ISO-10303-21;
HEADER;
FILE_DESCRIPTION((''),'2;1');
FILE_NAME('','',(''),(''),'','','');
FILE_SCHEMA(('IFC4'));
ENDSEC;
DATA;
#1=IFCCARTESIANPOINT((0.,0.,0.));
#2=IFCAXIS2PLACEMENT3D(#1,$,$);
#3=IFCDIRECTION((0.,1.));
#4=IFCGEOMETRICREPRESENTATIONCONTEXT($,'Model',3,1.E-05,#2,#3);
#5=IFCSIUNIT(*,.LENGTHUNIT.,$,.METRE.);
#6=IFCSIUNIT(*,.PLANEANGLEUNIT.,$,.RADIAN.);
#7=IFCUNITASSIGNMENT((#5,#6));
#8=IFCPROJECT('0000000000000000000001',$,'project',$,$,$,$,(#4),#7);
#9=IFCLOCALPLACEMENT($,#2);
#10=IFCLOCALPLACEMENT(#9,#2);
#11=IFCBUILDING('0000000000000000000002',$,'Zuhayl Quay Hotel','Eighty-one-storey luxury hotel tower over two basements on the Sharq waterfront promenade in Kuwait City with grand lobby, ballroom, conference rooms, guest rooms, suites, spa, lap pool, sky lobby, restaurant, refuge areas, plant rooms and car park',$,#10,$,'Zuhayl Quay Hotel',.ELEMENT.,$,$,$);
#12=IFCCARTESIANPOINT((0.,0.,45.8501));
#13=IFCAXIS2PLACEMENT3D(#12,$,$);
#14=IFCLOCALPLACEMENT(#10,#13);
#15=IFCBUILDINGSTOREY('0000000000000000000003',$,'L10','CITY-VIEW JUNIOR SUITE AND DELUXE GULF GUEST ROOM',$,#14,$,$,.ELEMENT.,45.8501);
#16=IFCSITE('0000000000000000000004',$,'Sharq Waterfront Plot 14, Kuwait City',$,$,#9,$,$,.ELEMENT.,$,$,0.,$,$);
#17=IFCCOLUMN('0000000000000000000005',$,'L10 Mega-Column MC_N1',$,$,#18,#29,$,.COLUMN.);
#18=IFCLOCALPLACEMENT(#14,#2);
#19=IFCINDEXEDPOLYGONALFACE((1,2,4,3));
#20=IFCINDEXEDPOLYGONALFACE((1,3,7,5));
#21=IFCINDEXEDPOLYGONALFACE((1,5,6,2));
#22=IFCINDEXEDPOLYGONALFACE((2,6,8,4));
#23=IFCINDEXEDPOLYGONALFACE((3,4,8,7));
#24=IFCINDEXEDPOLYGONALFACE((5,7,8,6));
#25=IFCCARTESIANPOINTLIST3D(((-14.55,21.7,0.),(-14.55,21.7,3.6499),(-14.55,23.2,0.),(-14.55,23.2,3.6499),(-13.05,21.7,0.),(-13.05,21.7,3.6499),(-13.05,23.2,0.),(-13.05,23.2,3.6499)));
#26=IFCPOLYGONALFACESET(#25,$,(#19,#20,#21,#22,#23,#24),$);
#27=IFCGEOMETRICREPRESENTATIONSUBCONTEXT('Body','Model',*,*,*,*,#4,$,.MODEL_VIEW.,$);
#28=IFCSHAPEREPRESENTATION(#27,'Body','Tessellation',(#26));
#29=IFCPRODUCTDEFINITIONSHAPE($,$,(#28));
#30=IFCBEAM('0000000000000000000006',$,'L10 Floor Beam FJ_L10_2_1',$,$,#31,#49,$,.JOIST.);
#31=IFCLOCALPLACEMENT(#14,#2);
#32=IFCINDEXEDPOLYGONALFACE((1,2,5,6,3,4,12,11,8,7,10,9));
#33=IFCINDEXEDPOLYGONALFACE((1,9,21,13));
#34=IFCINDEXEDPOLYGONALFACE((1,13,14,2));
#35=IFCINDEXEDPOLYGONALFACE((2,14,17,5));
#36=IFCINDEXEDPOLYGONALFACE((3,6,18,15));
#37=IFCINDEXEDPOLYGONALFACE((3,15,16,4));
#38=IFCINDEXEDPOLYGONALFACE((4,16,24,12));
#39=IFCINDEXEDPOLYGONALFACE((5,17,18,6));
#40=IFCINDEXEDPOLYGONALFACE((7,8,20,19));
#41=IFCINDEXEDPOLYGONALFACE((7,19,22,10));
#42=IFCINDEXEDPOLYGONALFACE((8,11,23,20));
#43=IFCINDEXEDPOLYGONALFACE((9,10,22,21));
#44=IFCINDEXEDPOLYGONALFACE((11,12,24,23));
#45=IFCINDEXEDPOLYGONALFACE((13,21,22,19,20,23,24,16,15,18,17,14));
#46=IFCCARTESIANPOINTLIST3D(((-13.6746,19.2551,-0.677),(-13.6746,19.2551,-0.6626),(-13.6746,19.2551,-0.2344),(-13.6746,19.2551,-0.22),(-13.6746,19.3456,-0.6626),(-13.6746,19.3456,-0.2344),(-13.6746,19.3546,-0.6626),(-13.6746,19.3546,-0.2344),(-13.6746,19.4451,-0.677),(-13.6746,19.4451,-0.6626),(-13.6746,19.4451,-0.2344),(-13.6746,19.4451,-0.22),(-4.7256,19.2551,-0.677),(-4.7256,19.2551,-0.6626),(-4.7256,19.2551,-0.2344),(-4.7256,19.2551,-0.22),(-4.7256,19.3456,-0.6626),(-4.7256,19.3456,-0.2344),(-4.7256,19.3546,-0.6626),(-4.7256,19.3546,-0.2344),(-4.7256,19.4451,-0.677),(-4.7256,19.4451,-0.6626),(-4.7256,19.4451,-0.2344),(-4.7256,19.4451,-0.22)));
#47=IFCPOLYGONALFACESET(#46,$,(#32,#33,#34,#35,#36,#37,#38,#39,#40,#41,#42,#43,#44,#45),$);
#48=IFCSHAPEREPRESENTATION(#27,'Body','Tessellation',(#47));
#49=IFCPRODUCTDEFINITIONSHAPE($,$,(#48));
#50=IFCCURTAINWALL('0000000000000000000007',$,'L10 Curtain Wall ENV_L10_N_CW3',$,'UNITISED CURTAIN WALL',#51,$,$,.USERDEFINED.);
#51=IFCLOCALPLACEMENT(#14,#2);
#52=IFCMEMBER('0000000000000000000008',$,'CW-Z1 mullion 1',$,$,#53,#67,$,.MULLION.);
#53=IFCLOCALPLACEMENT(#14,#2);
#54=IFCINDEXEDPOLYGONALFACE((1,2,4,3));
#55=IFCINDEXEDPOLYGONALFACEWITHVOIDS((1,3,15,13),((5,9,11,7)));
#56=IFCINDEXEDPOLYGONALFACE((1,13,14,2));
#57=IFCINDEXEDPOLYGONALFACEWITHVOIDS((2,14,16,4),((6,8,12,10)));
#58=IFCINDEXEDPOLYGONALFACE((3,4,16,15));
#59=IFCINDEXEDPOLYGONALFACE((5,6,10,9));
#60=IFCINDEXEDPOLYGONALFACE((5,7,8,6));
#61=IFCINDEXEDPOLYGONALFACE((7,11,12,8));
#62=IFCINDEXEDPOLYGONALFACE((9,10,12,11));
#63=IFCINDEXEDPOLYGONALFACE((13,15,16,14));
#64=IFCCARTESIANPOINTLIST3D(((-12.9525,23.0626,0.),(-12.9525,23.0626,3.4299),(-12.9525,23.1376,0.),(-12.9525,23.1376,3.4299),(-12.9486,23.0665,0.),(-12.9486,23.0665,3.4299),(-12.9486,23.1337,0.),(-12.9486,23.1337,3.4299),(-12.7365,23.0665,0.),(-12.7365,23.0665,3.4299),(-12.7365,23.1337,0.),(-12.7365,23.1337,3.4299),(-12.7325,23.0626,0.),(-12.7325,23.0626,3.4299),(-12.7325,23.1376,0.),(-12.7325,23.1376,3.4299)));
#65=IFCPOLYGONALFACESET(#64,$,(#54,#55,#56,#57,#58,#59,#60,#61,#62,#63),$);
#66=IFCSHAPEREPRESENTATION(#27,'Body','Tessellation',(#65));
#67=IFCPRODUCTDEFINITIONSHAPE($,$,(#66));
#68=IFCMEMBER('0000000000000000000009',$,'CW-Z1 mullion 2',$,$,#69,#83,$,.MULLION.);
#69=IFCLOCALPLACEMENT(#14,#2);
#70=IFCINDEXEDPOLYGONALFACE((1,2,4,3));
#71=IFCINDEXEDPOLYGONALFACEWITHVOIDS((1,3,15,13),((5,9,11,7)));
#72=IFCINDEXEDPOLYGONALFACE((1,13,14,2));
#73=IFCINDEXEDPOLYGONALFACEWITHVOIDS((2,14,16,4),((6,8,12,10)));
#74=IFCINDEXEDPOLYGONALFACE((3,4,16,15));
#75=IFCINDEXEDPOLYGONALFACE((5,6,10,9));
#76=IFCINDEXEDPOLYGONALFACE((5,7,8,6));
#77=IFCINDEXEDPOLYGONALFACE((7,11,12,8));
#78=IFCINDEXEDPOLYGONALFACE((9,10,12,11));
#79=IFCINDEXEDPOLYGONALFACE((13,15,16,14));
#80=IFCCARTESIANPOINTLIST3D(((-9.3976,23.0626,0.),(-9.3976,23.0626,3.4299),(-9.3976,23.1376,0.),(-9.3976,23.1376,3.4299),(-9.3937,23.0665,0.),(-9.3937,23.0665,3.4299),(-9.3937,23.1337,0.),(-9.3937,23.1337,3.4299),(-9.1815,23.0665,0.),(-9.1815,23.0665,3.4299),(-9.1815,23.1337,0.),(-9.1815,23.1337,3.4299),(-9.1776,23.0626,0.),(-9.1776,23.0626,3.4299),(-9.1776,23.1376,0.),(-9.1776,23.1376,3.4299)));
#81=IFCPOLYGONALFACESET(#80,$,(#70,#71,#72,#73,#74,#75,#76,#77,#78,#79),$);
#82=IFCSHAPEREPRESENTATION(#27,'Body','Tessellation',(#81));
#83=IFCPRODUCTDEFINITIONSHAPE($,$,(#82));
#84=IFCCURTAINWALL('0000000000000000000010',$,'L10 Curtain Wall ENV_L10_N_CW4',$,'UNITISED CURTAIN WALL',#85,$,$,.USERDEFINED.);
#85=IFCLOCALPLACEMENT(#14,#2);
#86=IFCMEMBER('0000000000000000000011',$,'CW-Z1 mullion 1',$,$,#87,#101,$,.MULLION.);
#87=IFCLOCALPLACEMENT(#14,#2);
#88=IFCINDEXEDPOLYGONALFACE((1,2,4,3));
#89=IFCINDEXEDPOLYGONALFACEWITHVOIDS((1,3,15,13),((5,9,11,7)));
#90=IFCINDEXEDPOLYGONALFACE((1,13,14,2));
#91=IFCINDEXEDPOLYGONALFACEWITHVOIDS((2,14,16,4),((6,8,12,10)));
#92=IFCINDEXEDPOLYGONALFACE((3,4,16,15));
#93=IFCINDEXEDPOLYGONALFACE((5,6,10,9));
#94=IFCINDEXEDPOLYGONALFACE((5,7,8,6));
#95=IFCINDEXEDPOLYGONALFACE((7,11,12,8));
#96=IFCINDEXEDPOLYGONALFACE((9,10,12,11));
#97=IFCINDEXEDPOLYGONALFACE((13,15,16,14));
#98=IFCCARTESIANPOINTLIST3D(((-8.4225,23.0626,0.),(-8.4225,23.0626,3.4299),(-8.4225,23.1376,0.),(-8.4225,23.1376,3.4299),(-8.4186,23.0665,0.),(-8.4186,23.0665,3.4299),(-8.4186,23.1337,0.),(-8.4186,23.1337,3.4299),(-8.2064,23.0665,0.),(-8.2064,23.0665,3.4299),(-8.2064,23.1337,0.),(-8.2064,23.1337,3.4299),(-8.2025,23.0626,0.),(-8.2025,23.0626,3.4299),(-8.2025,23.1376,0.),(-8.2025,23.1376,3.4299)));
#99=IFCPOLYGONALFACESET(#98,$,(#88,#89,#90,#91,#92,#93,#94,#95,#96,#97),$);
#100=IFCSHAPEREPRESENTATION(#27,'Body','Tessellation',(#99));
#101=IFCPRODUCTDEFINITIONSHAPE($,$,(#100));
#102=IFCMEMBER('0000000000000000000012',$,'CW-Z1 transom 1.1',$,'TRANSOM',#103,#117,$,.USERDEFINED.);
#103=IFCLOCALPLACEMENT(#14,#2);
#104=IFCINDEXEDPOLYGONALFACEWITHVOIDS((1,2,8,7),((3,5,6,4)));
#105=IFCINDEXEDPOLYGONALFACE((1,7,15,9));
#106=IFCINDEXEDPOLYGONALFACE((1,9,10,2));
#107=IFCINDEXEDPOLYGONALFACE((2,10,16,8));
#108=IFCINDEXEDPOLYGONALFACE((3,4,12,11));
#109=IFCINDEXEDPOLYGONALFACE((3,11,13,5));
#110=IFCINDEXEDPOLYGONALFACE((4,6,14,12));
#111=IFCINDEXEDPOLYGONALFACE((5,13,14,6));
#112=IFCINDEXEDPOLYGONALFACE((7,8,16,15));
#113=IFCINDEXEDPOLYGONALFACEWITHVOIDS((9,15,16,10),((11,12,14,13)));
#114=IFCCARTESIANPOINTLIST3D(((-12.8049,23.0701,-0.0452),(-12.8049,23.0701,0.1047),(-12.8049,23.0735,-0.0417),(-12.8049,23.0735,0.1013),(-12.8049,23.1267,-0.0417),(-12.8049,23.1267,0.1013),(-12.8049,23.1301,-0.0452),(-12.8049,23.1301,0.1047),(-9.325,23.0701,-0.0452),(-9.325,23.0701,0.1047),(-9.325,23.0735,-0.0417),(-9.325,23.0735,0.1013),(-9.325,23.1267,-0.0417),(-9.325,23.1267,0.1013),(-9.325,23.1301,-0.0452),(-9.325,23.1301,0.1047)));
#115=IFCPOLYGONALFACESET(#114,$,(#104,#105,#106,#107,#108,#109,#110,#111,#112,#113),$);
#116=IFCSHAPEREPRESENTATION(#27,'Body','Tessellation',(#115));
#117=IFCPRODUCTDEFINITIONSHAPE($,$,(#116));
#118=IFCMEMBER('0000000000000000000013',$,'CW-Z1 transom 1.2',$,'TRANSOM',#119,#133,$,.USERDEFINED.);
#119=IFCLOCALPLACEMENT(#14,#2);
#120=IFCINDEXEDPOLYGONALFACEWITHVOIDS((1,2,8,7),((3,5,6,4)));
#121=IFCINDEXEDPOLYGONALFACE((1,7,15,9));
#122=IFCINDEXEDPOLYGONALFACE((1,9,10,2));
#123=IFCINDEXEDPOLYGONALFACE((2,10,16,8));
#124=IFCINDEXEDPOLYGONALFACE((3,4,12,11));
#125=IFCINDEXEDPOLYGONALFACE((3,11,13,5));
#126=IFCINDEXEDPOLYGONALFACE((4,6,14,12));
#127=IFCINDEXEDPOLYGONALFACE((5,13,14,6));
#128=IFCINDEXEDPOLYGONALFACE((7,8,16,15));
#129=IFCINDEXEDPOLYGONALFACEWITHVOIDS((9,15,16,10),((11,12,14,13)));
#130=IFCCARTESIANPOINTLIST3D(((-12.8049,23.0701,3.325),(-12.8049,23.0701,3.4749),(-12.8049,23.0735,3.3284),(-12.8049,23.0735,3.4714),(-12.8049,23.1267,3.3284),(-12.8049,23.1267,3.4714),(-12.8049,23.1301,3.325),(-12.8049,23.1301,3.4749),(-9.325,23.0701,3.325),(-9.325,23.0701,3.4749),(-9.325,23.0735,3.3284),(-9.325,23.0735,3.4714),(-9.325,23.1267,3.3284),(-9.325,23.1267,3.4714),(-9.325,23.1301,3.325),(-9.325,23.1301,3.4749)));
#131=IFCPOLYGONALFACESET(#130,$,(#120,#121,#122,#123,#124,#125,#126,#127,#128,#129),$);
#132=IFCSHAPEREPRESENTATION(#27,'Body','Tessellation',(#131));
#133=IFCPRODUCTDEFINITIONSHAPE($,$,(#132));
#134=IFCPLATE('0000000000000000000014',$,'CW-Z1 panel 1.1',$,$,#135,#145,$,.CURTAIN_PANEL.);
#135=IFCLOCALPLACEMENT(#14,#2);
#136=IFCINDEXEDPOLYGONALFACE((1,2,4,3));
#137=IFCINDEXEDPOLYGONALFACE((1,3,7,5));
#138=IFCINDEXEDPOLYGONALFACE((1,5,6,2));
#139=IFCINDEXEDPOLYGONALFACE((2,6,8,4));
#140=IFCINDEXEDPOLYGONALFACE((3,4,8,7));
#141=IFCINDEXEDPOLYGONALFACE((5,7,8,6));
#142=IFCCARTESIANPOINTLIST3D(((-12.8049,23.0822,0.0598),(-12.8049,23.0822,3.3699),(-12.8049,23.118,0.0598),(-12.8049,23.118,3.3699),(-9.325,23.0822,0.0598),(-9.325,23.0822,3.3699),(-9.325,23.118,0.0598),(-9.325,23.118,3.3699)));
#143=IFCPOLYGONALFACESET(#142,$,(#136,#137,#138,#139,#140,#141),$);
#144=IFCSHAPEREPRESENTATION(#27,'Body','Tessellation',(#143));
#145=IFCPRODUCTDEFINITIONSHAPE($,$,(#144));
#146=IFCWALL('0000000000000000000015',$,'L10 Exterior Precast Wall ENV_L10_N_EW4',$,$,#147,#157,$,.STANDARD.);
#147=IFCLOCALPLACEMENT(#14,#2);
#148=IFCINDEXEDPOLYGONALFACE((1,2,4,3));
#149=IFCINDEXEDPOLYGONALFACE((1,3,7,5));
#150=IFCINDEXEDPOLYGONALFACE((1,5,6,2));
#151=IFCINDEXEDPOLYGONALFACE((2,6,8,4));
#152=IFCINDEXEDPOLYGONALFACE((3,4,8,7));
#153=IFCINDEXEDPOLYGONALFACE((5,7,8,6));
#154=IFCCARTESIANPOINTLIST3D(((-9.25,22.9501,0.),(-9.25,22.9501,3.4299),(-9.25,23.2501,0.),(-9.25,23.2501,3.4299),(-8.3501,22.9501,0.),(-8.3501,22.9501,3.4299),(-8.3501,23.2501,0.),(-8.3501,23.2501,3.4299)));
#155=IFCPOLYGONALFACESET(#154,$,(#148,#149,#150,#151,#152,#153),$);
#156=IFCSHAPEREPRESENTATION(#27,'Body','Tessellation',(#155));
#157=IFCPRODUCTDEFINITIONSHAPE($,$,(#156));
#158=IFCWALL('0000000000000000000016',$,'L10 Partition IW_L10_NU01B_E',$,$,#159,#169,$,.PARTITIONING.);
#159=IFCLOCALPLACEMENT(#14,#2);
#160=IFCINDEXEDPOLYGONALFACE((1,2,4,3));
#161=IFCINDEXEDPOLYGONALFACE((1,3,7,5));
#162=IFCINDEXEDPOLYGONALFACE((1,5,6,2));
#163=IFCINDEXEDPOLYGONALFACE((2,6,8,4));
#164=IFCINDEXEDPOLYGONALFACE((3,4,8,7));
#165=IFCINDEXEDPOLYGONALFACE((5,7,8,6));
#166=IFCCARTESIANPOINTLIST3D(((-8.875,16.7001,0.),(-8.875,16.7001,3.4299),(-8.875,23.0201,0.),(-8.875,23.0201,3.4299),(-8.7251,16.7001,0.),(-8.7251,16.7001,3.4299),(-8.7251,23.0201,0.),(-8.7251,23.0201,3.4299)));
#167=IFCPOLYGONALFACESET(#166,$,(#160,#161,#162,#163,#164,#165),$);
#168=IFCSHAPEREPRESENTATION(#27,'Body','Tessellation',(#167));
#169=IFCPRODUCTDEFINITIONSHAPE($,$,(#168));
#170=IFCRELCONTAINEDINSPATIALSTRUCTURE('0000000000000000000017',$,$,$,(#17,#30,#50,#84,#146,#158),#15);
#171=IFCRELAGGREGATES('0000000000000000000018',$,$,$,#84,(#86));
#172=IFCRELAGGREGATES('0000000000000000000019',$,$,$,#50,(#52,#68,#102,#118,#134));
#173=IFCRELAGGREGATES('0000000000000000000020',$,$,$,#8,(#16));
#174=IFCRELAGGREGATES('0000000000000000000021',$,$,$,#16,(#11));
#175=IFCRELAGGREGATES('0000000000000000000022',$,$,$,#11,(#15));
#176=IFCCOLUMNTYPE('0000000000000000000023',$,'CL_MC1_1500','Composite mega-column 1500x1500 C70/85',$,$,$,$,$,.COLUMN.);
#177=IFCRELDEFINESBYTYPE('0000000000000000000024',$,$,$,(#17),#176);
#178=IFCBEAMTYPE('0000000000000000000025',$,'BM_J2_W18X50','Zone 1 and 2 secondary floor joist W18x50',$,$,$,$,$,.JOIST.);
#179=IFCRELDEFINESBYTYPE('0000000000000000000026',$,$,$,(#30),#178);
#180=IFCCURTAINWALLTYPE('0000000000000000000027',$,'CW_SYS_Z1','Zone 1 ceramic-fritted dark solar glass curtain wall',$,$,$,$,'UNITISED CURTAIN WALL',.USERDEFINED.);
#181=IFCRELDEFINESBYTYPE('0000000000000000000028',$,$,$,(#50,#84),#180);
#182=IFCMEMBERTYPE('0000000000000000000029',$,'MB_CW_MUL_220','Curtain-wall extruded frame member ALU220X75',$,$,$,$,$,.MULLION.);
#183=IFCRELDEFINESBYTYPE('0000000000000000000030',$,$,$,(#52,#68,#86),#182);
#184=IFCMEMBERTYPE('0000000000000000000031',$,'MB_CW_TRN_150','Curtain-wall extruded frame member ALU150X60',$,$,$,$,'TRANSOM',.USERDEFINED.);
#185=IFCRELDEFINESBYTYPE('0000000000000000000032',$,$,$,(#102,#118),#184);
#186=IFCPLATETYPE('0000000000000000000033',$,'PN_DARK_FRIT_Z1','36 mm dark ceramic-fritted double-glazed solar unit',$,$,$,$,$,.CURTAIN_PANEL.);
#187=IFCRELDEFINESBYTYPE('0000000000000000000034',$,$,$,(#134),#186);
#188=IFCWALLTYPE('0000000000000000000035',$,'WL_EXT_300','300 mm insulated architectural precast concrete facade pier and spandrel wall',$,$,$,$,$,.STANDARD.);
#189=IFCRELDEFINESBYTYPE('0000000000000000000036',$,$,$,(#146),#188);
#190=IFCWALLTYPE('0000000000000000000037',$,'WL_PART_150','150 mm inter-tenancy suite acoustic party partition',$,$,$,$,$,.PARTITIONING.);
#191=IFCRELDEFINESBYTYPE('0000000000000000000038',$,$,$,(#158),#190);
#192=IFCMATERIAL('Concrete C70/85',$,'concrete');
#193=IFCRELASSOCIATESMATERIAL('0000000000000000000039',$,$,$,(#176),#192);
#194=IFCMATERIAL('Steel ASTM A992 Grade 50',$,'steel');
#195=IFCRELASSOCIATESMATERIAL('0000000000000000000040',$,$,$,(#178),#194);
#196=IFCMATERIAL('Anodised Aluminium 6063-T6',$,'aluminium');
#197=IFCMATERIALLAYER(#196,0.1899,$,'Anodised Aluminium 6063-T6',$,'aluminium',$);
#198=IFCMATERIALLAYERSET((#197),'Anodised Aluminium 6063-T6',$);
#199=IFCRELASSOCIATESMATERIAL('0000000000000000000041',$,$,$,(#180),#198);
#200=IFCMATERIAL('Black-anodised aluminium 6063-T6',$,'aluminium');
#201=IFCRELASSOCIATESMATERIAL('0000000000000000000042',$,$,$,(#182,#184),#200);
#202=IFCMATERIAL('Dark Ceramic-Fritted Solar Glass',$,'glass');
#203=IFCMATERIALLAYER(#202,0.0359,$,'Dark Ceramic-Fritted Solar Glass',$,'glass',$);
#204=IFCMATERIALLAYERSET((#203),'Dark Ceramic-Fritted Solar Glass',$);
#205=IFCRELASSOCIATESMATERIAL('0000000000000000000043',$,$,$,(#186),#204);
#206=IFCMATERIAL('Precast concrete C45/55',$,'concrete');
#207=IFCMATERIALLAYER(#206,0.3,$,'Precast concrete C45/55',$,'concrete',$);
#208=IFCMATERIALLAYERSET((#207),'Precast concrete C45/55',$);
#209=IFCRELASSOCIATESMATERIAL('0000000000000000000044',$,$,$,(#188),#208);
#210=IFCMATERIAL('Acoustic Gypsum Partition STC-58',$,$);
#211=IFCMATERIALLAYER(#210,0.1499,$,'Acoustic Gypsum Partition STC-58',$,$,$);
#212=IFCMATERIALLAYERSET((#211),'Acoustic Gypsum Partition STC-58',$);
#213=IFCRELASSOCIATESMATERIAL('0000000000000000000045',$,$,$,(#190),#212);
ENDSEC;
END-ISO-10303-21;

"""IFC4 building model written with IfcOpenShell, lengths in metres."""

from ifc_helpers import new_model, si_unit, direction, frame, frame_2d, origin, origin_2d, place, context, subcontext, project, spatial, rectangle, hollow_rectangle, i_section, extrude, material, layer, layer_set, material_profile, profile_set, type_object, element, aggregate, save


model = new_model("IFC4")

# Units and contexts
model_context = context("Model", 3, precision=1e-05, world=origin(), true_north=direction((0.0, 1.0)))
body_context = subcontext(model_context, "Body", "Model", "MODEL_VIEW")
ifc_project = project(units=[si_unit("LENGTHUNIT", "METRE"), si_unit("PLANEANGLEUNIT", "RADIAN")], contexts=[model_context])

# Site, building, storey
site_placement = place(None, origin())
site = spatial("IfcSite", under=ifc_project, at=site_placement, Name="Sharq Waterfront Plot 14, Kuwait City", CompositionType="ELEMENT", RefElevation=0.0)
building_placement = place(site_placement, origin())
building = spatial("IfcBuilding", under=site, at=building_placement, Name="Zuhayl Quay Hotel", Description="Eighty-one-storey luxury hotel tower over two basements on the Sharq waterfront promenade in Kuwait City with grand lobby, ballroom, conference rooms, guest rooms, suites, spa, lap pool, sky lobby, restaurant, refuge areas, plant rooms and car park", LongName="Zuhayl Quay Hotel", CompositionType="ELEMENT")
storey_placement = place(building_placement, frame((0.0, 0.0, 45.8501)))
storey = spatial("IfcBuildingStorey", under=building, at=storey_placement, Name="L10", Description="CITY-VIEW JUNIOR SUITE AND DELUXE GULF GUEST ROOM", CompositionType="ELEMENT", Elevation=45.8501)

# Column
ifc_material_1 = material(Name="Concrete C70/85", Category="concrete")
ifc_material_profile_1 = material_profile(ifc_material_1, rectangle(XDim=1.5, YDim=1.5, at=origin_2d()), Name="RC1500X1500")
ifc_profile_set_1 = profile_set([ifc_material_profile_1], Name="Concrete C70/85")
column_type = type_object("IfcColumnType", Name="CL_MC1_1500", Description="Composite mega-column 1500x1500 C70/85", PredefinedType="COLUMN", material=ifc_profile_set_1)
column_placement = place(storey_placement, frame((-13.8, 22.45, 0.0), z_axis=(0.0, 0.0, 1.0), x_axis=(1.0, 0.0, 0.0)))
element("IfcColumn", 1, at=column_placement, inside=storey, type_object=column_type, Name="L10 Mega-Column MC_N1", PredefinedType="COLUMN", context=body_context, shape_type="SweptSolid", body=[
    extrude(rectangle(XDim=1.5, YDim=1.5, at=origin_2d()), origin(), (0.0, 0.0, 1.0), 3.6499),
])

# Beam
ifc_material_2 = material(Name="Steel ASTM A992 Grade 50", Category="steel")
ifc_material_profile_2 = material_profile(ifc_material_2, i_section(OverallWidth=0.1899, OverallDepth=0.457, WebThickness=0.009, FlangeThickness=0.0144, at=origin_2d()), Name="W18X50")
ifc_profile_set_2 = profile_set([ifc_material_profile_2], Name="Steel ASTM A992 Grade 50")
beam_type = type_object("IfcBeamType", Name="BM_J2_W18X50", Description="Zone 1 and 2 secondary floor joist W18x50", PredefinedType="JOIST", material=ifc_profile_set_2)
beam_placement = place(storey_placement, frame((-13.6746, 19.3501, -0.4485), z_axis=(1.0, 0.0, 0.0), x_axis=(0.0, 1.0, 0.0)))
element("IfcBeam", 2, at=beam_placement, inside=storey, type_object=beam_type, Name="L10 Floor Beam FJ_L10_2_1", PredefinedType="JOIST", context=body_context, shape_type="SweptSolid", body=[
    extrude(i_section(OverallWidth=0.1899, OverallDepth=0.457, WebThickness=0.009, FlangeThickness=0.0144, at=origin_2d()), origin(), (0.0, 0.0, 1.0), 8.949),
])

# Curtain wall, members
ifc_material_3 = material(Name="Anodised Aluminium 6063-T6", Category="aluminium")
ifc_layer_1 = layer(ifc_material_3, 0.1899, Name="Anodised Aluminium 6063-T6", Category="aluminium")
ifc_layer_set_1 = layer_set([ifc_layer_1], Name="Anodised Aluminium 6063-T6")
curtain_wall_type = type_object("IfcCurtainWallType", Name="CW_SYS_Z1", Description="Zone 1 ceramic-fritted dark solar glass curtain wall", ElementType="UNITISED CURTAIN WALL", PredefinedType="USERDEFINED", material=ifc_layer_set_1)
curtain_wall_1_placement = place(storey_placement, origin())
curtain_wall_1 = element("IfcCurtainWall", 3, at=curtain_wall_1_placement, inside=storey, type_object=curtain_wall_type, Name="L10 Curtain Wall ENV_L10_N_CW3", ObjectType="UNITISED CURTAIN WALL", PredefinedType="USERDEFINED")
ifc_material_4 = material(Name="Black-anodised aluminium 6063-T6", Category="aluminium")
ifc_material_profile_3 = material_profile(ifc_material_4, hollow_rectangle(XDim=0.075, YDim=0.22, WallThickness=0.0039, at=origin_2d()), Name="ALU220X75")
ifc_profile_set_3 = profile_set([ifc_material_profile_3], Name="Black-anodised aluminium 6063-T6")
member_type_1 = type_object("IfcMemberType", Name="MB_CW_MUL_220", Description="Curtain-wall extruded frame member ALU220X75", PredefinedType="MULLION", material=ifc_profile_set_3)
member_1_placement = place(storey_placement, frame((-12.8425, 23.1001, 0.0), z_axis=(0.0, 0.0, 1.0), x_axis=(0.0, 1.0, 0.0)))
member_1 = element("IfcMember", 4, at=member_1_placement, type_object=member_type_1, Name="CW-Z1 mullion 1", PredefinedType="MULLION", context=body_context, shape_type="SweptSolid", body=[
    extrude(hollow_rectangle(XDim=0.075, YDim=0.22, WallThickness=0.0039, at=origin_2d()), origin(), (0.0, 0.0, 1.0), 3.4299),
])
member_2_placement = place(storey_placement, frame((-9.2876, 23.1001, 0.0), z_axis=(0.0, 0.0, 1.0), x_axis=(0.0, 1.0, 0.0)))
member_2 = element("IfcMember", 5, at=member_2_placement, type_object=member_type_1, Name="CW-Z1 mullion 2", PredefinedType="MULLION", context=body_context, shape_type="SweptSolid", body=[
    extrude(hollow_rectangle(XDim=0.075, YDim=0.22, WallThickness=0.0039, at=origin_2d()), origin(), (0.0, 0.0, 1.0), 3.4299),
])

# Curtain wall, member
curtain_wall_2_placement = place(storey_placement, origin())
curtain_wall_2 = element("IfcCurtainWall", 6, at=curtain_wall_2_placement, inside=storey, type_object=curtain_wall_type, Name="L10 Curtain Wall ENV_L10_N_CW4", ObjectType="UNITISED CURTAIN WALL", PredefinedType="USERDEFINED")
member_3_placement = place(storey_placement, frame((-8.3125, 23.1001, 0.0), z_axis=(0.0, 0.0, 1.0), x_axis=(0.0, 1.0, 0.0)))
member_3 = element("IfcMember", 7, at=member_3_placement, type_object=member_type_1, Name="CW-Z1 mullion 1", PredefinedType="MULLION", context=body_context, shape_type="SweptSolid", body=[
    extrude(hollow_rectangle(XDim=0.075, YDim=0.22, WallThickness=0.0039, at=origin_2d()), origin(), (0.0, 0.0, 1.0), 3.4299),
])
aggregate(curtain_wall_2, [member_3])

# Members
ifc_material_profile_4 = material_profile(ifc_material_4, hollow_rectangle(XDim=0.0601, YDim=0.1499, WallThickness=0.0034, at=origin_2d()), Name="ALU150X60")
ifc_profile_set_4 = profile_set([ifc_material_profile_4], Name="Black-anodised aluminium 6063-T6")
member_type_2 = type_object("IfcMemberType", Name="MB_CW_TRN_150", Description="Curtain-wall extruded frame member ALU150X60", ElementType="TRANSOM", PredefinedType="USERDEFINED", material=ifc_profile_set_4)
member_4_placement = place(storey_placement, frame((-12.8049, 23.1001, 0.0298), z_axis=(1.0, 0.0, 0.0), x_axis=(0.0, 1.0, 0.0)))
member_4 = element("IfcMember", 8, at=member_4_placement, type_object=member_type_2, Name="CW-Z1 transom 1.1", ObjectType="TRANSOM", PredefinedType="USERDEFINED", context=body_context, shape_type="SweptSolid", body=[
    extrude(hollow_rectangle(XDim=0.0601, YDim=0.1499, WallThickness=0.0034, at=origin_2d()), origin(), (0.0, 0.0, 1.0), 3.48),
])
member_5_placement = place(storey_placement, frame((-12.8049, 23.1001, 3.3999), z_axis=(1.0, 0.0, 0.0), x_axis=(0.0, 1.0, 0.0)))
member_5 = element("IfcMember", 9, at=member_5_placement, type_object=member_type_2, Name="CW-Z1 transom 1.2", ObjectType="TRANSOM", PredefinedType="USERDEFINED", context=body_context, shape_type="SweptSolid", body=[
    extrude(hollow_rectangle(XDim=0.0601, YDim=0.1499, WallThickness=0.0034, at=origin_2d()), origin(), (0.0, 0.0, 1.0), 3.48),
])

# Plate
ifc_material_5 = material(Name="Dark Ceramic-Fritted Solar Glass", Category="glass")
ifc_layer_2 = layer(ifc_material_5, 0.0359, Name="Dark Ceramic-Fritted Solar Glass", Category="glass")
ifc_layer_set_2 = layer_set([ifc_layer_2], Name="Dark Ceramic-Fritted Solar Glass")
plate_type = type_object("IfcPlateType", Name="PN_DARK_FRIT_Z1", Description="36 mm dark ceramic-fritted double-glazed solar unit", PredefinedType="CURTAIN_PANEL", material=ifc_layer_set_2)
plate_placement = place(storey_placement, frame((-11.0649, 23.1001, 0.0598), z_axis=(0.0, 0.0, 1.0), x_axis=(1.0, 0.0, 0.0)))
plate = element("IfcPlate", 10, at=plate_placement, type_object=plate_type, Name="CW-Z1 panel 1.1", PredefinedType="CURTAIN_PANEL", context=body_context, shape_type="SweptSolid", body=[
    extrude(rectangle(XDim=3.48, YDim=0.0359, at=origin_2d()), origin(), (0.0, 0.0, 1.0), 3.3101),
])
aggregate(curtain_wall_1, [member_1, member_2, member_4, member_5, plate])

# Walls
ifc_material_6 = material(Name="Precast concrete C45/55", Category="concrete")
ifc_layer_3 = layer(ifc_material_6, 0.3, Name="Precast concrete C45/55", Category="concrete")
ifc_layer_set_3 = layer_set([ifc_layer_3], Name="Precast concrete C45/55")
wall_type_1 = type_object("IfcWallType", Name="WL_EXT_300", Description="300 mm insulated architectural precast concrete facade pier and spandrel wall", PredefinedType="STANDARD", material=ifc_layer_set_3)
wall_1_placement = place(storey_placement, frame((-9.25, 23.1001, 0.0), z_axis=(0.0, 0.0, 1.0), x_axis=(1.0, 0.0, 0.0)))
element("IfcWall", 11, at=wall_1_placement, inside=storey, type_object=wall_type_1, Name="L10 Exterior Precast Wall ENV_L10_N_EW4", PredefinedType="STANDARD", context=body_context, shape_type="SweptSolid", body=[
    extrude(rectangle(XDim=0.8999, YDim=0.3, at=frame_2d((0.45, 0.0))), origin(), (0.0, 0.0, 1.0), 3.4299),
])
ifc_material_7 = material(Name="Acoustic Gypsum Partition STC-58")
ifc_layer_4 = layer(ifc_material_7, 0.1499, Name="Acoustic Gypsum Partition STC-58")
ifc_layer_set_4 = layer_set([ifc_layer_4], Name="Acoustic Gypsum Partition STC-58")
wall_type_2 = type_object("IfcWallType", Name="WL_PART_150", Description="150 mm inter-tenancy suite acoustic party partition", PredefinedType="PARTITIONING", material=ifc_layer_set_4)
wall_2_placement = place(storey_placement, frame((-8.8, 16.7, 0.0), z_axis=(0.0, 0.0, 1.0), x_axis=(0.0, 1.0, 0.0)))
element("IfcWall", 12, at=wall_2_placement, inside=storey, type_object=wall_type_2, Name="L10 Partition IW_L10_NU01B_E", PredefinedType="PARTITIONING", context=body_context, shape_type="SweptSolid", body=[
    extrude(rectangle(XDim=6.3201, YDim=0.1499, at=frame_2d((3.1602, 0.0))), origin(), (0.0, 0.0, 1.0), 3.4299),
])

save(model, "model.ifc")
